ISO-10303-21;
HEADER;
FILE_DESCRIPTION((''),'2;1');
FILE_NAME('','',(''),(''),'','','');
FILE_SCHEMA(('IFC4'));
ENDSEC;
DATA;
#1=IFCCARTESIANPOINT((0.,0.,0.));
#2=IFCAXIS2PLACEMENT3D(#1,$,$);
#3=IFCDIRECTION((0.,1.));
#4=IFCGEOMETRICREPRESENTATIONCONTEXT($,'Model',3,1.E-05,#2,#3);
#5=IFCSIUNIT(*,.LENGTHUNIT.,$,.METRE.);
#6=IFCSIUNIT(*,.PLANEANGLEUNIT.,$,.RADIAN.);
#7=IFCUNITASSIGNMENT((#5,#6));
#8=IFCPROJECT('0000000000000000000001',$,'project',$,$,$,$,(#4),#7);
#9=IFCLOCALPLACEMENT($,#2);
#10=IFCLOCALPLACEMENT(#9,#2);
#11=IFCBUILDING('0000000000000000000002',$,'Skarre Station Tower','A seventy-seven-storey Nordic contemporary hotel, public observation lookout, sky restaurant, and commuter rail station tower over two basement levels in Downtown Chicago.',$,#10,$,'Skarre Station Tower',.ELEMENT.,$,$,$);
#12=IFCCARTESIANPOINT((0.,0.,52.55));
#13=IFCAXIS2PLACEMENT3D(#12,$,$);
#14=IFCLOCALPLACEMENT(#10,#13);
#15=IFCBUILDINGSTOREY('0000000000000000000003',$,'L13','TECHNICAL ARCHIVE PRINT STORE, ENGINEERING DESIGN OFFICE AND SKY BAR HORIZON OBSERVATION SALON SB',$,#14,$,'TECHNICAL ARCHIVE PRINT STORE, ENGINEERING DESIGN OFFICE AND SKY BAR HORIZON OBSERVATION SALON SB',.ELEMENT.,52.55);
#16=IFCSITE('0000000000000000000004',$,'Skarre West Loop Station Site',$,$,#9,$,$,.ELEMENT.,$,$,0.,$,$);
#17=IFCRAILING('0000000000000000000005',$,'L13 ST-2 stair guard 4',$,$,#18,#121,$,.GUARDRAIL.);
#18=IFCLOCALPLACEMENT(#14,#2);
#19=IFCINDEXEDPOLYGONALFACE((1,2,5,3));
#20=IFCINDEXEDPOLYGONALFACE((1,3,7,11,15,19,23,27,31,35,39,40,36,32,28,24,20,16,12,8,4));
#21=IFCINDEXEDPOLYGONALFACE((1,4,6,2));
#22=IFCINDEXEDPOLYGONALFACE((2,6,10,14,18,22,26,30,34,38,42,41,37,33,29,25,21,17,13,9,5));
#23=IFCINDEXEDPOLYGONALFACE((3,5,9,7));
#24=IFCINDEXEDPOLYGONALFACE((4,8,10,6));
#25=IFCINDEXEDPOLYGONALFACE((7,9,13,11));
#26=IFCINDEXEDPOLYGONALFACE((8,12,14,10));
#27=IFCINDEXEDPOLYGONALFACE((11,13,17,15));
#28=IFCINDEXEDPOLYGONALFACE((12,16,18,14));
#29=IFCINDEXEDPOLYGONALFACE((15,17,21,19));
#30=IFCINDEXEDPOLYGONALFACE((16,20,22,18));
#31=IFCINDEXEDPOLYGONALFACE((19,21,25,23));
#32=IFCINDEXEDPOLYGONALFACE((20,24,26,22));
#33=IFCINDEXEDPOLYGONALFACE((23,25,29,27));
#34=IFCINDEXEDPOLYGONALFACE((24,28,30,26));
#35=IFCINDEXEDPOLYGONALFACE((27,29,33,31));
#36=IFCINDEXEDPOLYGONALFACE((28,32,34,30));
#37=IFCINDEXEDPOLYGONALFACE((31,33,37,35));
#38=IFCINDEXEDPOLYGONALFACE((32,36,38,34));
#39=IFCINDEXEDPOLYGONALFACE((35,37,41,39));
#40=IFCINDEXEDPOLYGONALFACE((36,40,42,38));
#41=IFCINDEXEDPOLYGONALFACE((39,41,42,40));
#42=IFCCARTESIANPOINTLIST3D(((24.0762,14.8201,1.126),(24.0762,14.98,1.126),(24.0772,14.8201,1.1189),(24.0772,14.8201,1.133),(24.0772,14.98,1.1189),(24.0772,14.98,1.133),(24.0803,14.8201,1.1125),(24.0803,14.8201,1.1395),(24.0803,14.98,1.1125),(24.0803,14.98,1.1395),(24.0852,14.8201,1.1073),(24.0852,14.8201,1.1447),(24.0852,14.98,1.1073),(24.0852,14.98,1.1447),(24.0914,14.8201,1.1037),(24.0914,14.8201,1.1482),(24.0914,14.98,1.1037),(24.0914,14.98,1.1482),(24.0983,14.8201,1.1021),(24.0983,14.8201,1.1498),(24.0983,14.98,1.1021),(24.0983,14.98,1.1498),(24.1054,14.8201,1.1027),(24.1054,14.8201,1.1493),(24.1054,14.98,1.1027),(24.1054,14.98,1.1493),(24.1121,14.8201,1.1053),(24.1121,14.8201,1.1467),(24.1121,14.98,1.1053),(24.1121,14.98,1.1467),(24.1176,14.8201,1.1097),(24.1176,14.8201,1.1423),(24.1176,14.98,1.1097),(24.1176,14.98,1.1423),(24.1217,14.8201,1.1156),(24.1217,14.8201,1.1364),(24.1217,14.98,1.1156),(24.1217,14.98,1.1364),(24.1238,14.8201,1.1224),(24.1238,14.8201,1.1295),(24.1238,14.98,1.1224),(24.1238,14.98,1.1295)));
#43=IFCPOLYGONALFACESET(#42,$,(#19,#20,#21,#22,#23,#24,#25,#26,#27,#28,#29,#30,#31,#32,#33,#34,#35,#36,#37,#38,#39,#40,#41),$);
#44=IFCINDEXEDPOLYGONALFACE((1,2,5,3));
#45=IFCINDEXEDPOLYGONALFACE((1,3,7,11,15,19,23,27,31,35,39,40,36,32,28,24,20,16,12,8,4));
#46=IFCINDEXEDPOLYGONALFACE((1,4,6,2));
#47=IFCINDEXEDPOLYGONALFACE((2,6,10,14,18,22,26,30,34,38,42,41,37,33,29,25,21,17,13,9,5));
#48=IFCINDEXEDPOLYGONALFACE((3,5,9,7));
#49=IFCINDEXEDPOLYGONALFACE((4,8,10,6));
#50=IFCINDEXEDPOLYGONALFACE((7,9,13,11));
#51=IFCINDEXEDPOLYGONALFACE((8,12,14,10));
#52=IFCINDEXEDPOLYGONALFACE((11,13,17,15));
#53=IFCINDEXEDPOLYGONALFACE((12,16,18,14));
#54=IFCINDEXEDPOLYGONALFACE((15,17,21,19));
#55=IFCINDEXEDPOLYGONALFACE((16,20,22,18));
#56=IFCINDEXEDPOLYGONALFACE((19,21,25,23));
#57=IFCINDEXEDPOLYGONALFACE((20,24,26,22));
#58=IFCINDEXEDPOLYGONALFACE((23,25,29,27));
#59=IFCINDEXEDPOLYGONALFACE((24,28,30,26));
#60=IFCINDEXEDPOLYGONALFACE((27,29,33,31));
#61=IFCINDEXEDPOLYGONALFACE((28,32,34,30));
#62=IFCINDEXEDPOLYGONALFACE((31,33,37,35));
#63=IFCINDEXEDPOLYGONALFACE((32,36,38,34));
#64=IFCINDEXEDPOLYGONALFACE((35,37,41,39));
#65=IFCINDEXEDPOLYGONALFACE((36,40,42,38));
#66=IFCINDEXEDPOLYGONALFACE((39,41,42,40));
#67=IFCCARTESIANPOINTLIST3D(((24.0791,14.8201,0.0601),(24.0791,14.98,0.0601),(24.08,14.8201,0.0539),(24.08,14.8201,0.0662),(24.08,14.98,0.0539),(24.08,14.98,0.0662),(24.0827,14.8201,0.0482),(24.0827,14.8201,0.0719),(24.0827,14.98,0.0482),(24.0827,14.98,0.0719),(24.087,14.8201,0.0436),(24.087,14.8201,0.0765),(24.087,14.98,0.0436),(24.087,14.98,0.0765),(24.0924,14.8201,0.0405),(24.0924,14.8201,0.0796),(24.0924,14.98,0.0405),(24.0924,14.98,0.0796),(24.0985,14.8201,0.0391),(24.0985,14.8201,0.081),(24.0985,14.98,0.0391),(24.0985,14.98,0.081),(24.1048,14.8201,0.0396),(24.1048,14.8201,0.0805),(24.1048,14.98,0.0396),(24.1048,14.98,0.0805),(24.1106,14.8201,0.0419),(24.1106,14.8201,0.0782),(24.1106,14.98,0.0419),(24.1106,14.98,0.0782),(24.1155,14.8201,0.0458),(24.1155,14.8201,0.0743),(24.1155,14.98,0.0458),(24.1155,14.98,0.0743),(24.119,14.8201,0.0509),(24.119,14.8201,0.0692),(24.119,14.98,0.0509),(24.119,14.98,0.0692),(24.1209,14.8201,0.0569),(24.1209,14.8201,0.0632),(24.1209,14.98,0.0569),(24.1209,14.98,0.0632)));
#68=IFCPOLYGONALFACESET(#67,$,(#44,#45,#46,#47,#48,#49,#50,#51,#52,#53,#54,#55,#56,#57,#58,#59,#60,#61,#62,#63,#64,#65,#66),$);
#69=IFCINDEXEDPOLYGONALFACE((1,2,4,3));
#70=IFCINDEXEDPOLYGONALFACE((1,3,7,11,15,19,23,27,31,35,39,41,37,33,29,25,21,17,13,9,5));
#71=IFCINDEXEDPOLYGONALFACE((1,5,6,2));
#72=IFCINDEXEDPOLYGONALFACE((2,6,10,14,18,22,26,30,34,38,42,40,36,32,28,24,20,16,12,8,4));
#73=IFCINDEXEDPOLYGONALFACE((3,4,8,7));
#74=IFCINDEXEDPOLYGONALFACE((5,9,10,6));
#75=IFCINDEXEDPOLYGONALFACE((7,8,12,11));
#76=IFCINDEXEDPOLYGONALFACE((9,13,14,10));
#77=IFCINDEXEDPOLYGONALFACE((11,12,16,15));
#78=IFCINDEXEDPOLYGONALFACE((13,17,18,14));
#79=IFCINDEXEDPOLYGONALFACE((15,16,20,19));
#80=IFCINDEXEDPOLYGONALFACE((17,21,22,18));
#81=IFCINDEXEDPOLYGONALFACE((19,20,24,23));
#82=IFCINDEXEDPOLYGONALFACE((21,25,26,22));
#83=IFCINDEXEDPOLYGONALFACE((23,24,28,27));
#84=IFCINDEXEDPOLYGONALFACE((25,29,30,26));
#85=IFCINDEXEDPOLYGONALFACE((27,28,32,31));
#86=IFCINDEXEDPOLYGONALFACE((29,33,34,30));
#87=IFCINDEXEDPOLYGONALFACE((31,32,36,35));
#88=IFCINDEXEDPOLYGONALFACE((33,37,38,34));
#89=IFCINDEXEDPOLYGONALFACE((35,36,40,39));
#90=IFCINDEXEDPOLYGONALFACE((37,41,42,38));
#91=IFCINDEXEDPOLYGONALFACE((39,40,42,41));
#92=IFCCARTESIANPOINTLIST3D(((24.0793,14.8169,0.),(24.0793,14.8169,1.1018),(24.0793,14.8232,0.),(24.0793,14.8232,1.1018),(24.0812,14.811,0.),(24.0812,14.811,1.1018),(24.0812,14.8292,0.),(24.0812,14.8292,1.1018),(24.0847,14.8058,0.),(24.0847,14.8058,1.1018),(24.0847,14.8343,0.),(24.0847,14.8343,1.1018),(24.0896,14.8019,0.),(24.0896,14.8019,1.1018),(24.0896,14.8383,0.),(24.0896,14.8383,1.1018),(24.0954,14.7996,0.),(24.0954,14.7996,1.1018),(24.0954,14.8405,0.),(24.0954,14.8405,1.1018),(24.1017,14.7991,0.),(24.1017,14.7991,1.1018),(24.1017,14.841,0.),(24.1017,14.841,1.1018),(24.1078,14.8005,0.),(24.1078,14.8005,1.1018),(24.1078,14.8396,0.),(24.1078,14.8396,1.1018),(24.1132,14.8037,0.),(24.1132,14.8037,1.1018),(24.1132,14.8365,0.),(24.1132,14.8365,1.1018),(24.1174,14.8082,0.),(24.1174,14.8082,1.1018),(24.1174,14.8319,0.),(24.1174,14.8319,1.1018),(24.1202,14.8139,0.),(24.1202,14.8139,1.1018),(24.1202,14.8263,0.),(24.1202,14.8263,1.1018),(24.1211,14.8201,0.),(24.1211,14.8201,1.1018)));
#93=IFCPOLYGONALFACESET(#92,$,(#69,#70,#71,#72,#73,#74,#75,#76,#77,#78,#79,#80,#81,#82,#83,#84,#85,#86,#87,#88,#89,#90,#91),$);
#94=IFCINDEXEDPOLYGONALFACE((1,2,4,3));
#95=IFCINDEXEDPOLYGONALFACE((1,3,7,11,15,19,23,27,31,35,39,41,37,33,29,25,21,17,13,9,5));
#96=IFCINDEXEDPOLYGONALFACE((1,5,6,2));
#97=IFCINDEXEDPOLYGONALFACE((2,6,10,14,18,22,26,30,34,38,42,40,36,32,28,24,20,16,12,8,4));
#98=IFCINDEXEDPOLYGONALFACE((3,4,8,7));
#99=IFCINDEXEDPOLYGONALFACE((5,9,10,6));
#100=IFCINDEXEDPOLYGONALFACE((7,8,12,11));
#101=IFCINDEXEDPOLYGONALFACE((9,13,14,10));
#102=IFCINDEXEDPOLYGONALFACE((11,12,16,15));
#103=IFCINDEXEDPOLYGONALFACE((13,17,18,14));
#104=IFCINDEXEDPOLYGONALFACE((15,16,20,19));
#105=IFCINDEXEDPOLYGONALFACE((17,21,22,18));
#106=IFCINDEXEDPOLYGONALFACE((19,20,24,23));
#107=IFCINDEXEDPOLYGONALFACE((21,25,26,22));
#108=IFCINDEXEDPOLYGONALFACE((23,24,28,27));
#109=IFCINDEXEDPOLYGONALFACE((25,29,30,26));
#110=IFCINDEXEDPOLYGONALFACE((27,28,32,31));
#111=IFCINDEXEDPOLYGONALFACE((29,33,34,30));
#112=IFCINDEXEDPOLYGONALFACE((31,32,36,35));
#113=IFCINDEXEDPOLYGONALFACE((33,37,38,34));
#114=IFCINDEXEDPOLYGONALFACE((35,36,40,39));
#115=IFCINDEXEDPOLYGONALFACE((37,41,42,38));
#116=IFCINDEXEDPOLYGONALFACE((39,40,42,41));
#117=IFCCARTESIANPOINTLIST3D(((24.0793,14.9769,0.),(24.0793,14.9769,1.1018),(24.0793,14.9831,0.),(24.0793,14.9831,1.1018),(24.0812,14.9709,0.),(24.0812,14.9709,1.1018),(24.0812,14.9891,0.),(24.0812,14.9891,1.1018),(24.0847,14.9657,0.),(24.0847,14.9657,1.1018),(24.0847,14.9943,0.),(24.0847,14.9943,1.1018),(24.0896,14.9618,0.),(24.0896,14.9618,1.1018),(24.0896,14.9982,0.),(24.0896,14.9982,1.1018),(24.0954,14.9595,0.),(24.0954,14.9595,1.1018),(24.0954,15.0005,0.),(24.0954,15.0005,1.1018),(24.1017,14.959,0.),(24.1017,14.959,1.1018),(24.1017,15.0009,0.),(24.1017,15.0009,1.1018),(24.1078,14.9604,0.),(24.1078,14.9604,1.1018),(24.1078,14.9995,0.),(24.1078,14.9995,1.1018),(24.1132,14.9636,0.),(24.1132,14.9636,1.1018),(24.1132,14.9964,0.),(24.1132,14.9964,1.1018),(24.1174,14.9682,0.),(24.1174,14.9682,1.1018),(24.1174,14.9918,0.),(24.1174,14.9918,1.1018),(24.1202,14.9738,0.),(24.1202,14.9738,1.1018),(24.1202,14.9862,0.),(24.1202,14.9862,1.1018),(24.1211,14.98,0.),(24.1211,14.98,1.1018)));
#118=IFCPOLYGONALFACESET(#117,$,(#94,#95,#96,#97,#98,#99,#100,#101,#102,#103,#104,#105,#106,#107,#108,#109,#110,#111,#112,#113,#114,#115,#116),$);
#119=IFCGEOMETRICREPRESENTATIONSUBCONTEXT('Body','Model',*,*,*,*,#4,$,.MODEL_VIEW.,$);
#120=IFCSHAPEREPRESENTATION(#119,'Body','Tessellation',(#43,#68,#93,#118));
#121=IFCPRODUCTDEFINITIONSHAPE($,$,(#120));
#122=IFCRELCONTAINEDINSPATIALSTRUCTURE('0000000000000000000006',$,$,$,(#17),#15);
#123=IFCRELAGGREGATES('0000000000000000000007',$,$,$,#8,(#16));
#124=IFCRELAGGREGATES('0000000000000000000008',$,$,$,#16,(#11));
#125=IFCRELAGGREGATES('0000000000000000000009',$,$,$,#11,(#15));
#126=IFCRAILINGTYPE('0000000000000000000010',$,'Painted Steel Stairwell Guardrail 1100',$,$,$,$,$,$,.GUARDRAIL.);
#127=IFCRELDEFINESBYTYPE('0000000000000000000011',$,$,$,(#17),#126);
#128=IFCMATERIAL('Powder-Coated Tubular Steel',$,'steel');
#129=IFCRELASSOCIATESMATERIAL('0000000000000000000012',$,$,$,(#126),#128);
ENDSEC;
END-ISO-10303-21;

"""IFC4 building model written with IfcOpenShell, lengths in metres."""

from ifc_helpers import new_model, si_unit, direction, frame, origin, origin_2d, place, context, subcontext, project, spatial, circle, extrude, material, type_object, element, save


model = new_model("IFC4")

# Units and contexts
model_context = context("Model", 3, precision=1e-05, world=origin(), true_north=direction((0.0, 1.0)))
body_context = subcontext(model_context, "Body", "Model", "MODEL_VIEW")
ifc_project = project(units=[si_unit("LENGTHUNIT", "METRE"), si_unit("PLANEANGLEUNIT", "RADIAN")], contexts=[model_context])

# Site, building, storey
site_placement = place(None, origin())
site = spatial("IfcSite", under=ifc_project, at=site_placement, Name="Skarre West Loop Station Site", CompositionType="ELEMENT", RefElevation=0.0)
building_placement = place(site_placement, origin())
building = spatial("IfcBuilding", under=site, at=building_placement, Name="Skarre Station Tower", Description="A seventy-seven-storey Nordic contemporary hotel, public observation lookout, sky restaurant, and commuter rail station tower over two basement levels in Downtown Chicago.", LongName="Skarre Station Tower", CompositionType="ELEMENT")
storey_placement = place(building_placement, frame((0.0, 0.0, 52.55)))
storey = spatial("IfcBuildingStorey", under=building, at=storey_placement, Name="L13", Description="TECHNICAL ARCHIVE PRINT STORE, ENGINEERING DESIGN OFFICE AND SKY BAR HORIZON OBSERVATION SALON SB", LongName="TECHNICAL ARCHIVE PRINT STORE, ENGINEERING DESIGN OFFICE AND SKY BAR HORIZON OBSERVATION SALON SB", CompositionType="ELEMENT", Elevation=52.55)

# Railing
ifc_material_1 = material(Name="Powder-Coated Tubular Steel", Category="steel")
railing_type_1 = type_object("IfcRailingType", Name="Painted Steel Stairwell Guardrail 1100", PredefinedType="GUARDRAIL", material=ifc_material_1)
railing_1_placement = place(storey_placement, frame((24.1001, 14.8201, 0.0)))
element("IfcRailing", 1, at=railing_1_placement, inside=storey, type_object=railing_type_1, Name="L13 ST-2 stair guard 4", PredefinedType="GUARDRAIL", context=body_context, shape_type="SweptSolid", body=[
    extrude(circle(Radius=0.0239, at=origin_2d()), frame((0.0, 0.0, 1.126), z_axis=(0.0, 1.0, 0.0), x_axis=(-1.0, 0.0, 0.0)), (0.0, 0.0, 1.0), 0.1599),
    extrude(circle(Radius=0.021, at=origin_2d()), frame((0.0, 0.0, 0.0601), z_axis=(0.0, 1.0, 0.0), x_axis=(-1.0, 0.0, 0.0)), (0.0, 0.0, 1.0), 0.1599),
    extrude(circle(Radius=0.021, at=origin_2d()), origin(), (0.0, 0.0, 1.0), 1.1018),
    extrude(circle(Radius=0.021, at=origin_2d()), frame((0.0, 0.1599, 0.0)), (0.0, 0.0, 1.0), 1.1018),
])

save(model, "model.ifc")
